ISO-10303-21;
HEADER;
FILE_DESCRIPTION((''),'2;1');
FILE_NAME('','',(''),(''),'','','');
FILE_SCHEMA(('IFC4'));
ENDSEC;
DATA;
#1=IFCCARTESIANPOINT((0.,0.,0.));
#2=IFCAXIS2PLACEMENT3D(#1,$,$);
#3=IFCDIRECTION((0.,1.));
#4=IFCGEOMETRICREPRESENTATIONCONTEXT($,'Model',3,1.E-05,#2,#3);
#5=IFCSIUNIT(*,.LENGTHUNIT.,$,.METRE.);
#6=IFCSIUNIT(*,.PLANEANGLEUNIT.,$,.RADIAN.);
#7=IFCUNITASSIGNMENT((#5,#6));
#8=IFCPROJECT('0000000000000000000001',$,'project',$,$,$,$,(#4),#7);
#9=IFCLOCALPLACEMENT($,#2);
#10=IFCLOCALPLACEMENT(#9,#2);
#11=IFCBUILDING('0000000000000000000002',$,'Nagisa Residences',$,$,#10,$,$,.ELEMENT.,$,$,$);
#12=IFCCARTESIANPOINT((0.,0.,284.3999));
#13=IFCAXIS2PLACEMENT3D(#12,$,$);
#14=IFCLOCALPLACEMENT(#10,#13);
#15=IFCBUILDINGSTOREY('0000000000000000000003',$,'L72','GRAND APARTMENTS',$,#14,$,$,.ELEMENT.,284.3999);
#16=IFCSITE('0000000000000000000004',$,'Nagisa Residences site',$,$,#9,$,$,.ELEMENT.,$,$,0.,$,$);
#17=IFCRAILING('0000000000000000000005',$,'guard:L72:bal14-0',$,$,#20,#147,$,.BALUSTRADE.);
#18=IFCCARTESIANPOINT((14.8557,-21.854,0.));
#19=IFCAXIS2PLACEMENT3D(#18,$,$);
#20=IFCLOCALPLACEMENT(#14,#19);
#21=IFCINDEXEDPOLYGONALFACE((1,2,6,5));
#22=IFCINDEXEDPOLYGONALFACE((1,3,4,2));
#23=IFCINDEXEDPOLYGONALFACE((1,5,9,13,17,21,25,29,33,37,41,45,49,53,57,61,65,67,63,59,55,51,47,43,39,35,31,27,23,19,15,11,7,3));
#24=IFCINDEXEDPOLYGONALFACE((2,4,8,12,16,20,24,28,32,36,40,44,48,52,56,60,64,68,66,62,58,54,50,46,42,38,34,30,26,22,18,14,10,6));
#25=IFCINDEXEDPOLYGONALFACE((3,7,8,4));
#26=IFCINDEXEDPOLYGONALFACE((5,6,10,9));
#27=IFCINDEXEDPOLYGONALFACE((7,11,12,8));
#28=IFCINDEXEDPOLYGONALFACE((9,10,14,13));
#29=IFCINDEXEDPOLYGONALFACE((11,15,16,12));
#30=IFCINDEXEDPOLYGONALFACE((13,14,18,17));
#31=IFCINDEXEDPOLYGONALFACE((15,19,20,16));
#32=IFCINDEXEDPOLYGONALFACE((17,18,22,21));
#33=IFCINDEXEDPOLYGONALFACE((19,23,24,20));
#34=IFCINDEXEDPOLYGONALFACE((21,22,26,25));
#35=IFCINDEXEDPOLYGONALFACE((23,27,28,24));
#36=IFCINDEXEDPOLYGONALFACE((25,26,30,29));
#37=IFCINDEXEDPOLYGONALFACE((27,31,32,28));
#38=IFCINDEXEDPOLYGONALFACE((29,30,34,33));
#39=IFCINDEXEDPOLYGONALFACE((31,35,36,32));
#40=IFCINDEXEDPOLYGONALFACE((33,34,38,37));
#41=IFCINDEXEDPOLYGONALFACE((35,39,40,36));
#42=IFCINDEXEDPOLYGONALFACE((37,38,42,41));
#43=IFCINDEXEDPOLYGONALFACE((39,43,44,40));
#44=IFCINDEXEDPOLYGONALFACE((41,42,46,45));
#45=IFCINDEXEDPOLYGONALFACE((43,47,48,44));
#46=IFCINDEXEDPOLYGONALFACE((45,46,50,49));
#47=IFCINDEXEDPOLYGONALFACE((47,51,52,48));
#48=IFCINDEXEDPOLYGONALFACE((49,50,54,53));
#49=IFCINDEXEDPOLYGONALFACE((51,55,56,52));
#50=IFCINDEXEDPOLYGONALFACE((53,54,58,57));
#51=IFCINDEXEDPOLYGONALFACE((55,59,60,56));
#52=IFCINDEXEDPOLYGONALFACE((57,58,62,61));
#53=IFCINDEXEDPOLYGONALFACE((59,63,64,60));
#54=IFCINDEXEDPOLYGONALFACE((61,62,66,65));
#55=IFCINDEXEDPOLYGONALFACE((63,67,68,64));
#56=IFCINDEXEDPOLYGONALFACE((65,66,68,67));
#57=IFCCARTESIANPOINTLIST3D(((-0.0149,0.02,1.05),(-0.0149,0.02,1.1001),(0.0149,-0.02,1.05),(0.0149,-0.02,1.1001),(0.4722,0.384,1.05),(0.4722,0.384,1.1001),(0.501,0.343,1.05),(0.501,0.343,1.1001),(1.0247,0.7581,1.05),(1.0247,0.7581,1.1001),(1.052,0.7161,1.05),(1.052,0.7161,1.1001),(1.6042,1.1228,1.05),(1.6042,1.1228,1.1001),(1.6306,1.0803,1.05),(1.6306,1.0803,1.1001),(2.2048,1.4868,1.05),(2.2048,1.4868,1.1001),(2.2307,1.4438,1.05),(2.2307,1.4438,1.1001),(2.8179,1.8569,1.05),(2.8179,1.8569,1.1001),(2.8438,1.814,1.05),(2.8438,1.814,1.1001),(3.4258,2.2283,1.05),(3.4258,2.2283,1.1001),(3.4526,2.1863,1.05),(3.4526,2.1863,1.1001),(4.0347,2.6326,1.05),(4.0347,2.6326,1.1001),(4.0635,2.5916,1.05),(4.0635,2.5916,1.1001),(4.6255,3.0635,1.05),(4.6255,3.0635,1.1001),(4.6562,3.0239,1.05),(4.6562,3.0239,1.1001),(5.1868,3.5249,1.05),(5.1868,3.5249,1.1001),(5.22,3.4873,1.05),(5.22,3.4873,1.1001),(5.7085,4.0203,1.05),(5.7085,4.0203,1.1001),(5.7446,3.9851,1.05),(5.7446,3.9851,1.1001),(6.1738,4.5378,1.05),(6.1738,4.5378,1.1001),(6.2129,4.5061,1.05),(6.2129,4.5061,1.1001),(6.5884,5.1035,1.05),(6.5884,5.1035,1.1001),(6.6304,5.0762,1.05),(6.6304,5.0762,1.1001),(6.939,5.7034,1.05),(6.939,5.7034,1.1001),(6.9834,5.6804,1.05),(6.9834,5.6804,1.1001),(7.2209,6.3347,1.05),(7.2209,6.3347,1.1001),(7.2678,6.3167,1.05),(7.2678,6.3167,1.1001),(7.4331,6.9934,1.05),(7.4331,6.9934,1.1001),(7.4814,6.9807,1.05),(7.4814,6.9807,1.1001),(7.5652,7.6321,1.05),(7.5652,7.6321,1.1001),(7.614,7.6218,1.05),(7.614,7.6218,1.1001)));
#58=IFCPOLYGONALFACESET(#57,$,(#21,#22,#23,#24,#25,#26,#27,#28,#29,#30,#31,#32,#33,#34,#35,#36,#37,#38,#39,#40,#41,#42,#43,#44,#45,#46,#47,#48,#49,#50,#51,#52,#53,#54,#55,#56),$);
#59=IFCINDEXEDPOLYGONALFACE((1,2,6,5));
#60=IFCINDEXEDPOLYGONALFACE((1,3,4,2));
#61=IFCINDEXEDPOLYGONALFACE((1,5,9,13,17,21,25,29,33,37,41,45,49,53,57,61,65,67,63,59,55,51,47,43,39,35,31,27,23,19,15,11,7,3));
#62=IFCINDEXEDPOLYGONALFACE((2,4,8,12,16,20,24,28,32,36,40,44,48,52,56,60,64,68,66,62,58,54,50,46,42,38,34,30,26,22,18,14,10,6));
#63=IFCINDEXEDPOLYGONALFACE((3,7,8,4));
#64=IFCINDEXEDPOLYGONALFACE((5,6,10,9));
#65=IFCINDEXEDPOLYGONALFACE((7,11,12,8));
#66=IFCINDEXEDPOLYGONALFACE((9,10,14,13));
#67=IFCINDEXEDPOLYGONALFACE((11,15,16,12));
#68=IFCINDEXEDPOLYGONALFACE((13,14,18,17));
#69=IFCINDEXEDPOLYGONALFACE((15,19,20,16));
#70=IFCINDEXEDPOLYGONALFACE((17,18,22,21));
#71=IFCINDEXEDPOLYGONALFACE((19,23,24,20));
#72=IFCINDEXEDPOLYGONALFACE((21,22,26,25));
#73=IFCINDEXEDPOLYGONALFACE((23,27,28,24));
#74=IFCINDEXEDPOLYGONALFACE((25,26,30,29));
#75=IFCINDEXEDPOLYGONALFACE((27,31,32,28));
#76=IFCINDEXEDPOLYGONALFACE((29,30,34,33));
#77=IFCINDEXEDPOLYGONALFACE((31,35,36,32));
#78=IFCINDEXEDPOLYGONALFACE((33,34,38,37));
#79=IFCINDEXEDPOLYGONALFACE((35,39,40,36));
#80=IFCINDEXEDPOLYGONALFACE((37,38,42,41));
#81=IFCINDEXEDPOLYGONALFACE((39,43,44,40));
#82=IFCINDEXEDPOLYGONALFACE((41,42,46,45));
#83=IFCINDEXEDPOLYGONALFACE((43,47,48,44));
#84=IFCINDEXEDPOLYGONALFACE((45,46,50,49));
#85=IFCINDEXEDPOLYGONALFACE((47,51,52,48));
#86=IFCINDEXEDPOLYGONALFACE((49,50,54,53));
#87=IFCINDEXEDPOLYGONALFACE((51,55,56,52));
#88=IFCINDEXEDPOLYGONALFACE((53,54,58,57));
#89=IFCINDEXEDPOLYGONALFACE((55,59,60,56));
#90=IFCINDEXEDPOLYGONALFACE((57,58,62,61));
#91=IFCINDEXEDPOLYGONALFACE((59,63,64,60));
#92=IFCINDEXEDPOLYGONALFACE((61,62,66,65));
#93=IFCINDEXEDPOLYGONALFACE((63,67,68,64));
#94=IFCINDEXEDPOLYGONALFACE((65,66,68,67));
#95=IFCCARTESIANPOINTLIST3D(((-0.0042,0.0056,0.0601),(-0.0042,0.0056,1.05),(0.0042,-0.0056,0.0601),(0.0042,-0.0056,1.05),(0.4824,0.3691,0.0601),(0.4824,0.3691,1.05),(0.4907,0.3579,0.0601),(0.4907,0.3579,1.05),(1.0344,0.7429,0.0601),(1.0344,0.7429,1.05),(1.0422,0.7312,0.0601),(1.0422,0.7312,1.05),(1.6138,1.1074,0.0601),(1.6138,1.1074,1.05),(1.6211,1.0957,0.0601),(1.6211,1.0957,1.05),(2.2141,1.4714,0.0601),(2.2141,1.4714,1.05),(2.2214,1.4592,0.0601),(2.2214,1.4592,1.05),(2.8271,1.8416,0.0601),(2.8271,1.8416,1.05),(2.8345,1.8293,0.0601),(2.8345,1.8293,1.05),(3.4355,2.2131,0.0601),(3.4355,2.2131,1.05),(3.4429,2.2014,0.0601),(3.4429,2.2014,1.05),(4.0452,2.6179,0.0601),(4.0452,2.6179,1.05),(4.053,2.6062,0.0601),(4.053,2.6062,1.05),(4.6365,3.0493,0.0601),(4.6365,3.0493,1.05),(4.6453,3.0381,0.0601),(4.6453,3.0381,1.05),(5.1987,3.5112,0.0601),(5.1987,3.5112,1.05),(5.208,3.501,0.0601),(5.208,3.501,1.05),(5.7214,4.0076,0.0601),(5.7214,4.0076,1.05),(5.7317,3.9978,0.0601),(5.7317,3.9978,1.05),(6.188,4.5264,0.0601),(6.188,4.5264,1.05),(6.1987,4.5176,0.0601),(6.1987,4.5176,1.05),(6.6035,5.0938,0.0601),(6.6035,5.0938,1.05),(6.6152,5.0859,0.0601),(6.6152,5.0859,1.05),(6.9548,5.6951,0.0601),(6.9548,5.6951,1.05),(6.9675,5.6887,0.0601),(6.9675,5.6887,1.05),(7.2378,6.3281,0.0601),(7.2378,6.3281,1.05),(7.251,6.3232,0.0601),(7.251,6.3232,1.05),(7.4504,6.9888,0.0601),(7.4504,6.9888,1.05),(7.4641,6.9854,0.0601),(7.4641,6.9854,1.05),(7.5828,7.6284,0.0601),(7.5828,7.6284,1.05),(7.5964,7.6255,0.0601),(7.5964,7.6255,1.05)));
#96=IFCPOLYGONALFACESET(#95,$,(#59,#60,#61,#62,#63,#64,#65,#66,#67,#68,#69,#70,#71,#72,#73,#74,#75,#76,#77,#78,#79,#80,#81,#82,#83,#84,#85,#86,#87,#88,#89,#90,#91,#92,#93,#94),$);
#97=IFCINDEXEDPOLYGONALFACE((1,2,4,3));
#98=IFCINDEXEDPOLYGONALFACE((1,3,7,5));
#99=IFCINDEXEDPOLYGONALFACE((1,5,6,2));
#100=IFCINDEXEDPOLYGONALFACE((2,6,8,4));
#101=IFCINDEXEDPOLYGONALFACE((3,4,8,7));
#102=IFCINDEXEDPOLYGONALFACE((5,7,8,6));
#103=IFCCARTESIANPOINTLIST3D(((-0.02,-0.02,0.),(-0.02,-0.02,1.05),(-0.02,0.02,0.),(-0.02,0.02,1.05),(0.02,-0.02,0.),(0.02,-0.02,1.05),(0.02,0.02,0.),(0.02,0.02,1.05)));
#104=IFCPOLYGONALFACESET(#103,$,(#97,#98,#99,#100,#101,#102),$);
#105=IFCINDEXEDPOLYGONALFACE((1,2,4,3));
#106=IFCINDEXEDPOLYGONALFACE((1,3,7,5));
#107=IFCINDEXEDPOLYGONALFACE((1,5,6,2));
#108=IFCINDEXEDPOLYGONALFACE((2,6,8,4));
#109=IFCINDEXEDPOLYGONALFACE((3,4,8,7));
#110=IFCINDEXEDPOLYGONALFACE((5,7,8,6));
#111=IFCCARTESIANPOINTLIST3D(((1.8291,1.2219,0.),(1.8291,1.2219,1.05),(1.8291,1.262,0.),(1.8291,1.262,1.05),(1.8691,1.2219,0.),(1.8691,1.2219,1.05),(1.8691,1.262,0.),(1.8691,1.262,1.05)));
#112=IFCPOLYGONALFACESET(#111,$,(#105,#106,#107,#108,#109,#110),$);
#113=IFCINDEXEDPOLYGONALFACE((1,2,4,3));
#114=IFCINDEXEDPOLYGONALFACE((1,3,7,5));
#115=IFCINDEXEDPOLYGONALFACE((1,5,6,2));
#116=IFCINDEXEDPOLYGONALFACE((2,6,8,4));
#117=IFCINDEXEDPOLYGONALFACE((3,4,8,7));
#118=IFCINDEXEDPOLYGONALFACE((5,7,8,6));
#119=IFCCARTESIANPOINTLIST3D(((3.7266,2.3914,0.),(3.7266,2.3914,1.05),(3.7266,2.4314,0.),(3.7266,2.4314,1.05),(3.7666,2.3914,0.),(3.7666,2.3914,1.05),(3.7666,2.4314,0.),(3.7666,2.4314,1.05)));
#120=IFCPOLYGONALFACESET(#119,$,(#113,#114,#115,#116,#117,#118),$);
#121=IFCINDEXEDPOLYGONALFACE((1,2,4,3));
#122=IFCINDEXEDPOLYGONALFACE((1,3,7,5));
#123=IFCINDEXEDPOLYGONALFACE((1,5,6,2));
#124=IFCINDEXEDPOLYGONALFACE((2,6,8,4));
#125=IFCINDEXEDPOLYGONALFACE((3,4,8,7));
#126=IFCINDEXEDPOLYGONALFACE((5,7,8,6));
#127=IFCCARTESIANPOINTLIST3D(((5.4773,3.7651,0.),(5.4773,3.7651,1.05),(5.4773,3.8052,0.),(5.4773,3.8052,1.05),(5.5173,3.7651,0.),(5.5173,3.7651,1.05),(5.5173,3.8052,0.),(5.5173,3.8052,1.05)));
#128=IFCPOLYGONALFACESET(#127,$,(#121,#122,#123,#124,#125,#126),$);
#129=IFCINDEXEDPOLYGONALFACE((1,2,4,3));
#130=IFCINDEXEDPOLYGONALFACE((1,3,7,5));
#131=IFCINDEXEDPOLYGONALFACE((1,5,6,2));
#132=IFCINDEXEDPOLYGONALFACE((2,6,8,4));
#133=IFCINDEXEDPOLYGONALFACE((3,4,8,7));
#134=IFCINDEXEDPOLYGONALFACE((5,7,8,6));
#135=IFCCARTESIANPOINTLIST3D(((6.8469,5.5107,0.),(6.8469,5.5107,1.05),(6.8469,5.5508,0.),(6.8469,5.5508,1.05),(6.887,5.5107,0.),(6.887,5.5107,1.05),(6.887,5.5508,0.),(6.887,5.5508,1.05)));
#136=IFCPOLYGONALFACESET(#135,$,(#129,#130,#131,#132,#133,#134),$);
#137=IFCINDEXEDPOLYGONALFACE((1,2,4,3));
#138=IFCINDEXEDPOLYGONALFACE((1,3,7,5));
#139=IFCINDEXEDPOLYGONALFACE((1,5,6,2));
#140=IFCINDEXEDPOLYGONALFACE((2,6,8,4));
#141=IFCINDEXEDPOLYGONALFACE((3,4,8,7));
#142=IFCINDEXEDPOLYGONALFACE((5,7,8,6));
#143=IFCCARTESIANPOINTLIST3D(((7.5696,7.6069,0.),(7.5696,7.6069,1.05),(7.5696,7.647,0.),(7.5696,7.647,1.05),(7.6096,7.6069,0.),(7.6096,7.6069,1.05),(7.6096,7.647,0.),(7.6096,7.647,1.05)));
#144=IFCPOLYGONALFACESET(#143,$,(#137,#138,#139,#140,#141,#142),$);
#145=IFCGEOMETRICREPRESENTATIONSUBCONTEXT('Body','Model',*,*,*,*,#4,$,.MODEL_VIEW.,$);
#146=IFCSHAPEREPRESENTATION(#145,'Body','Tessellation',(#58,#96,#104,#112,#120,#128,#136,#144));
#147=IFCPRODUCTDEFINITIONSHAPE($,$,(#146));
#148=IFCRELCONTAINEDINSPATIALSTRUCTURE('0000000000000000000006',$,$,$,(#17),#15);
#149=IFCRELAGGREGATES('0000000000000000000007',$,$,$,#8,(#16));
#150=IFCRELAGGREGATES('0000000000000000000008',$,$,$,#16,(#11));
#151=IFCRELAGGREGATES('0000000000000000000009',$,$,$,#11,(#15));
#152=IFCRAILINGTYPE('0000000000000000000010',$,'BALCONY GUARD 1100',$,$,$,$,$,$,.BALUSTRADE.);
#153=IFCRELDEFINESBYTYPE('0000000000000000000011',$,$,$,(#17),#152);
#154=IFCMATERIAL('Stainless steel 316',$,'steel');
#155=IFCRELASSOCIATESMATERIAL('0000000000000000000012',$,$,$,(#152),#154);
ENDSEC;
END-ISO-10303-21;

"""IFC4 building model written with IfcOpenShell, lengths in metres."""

from ifc_helpers import new_model, si_unit, direction, frame, origin, origin_2d, place, context, subcontext, project, spatial, polyline, rectangle, outline, extrude, material, type_object, element, save


model = new_model("IFC4")

# Units and contexts
model_context = context("Model", 3, precision=1e-05, world=origin(), true_north=direction((0.0, 1.0)))
body_context = subcontext(model_context, "Body", "Model", "MODEL_VIEW")
ifc_project = project(units=[si_unit("LENGTHUNIT", "METRE"), si_unit("PLANEANGLEUNIT", "RADIAN")], contexts=[model_context])

# Site, building, storey
site_placement = place(None, origin())
site = spatial("IfcSite", under=ifc_project, at=site_placement, Name="Nagisa Residences site", CompositionType="ELEMENT", RefElevation=0.0)
building_placement = place(site_placement, origin())
building = spatial("IfcBuilding", under=site, at=building_placement, Name="Nagisa Residences", CompositionType="ELEMENT")
storey_placement = place(building_placement, frame((0.0, 0.0, 284.3999)))
storey = spatial("IfcBuildingStorey", under=building, at=storey_placement, Name="L72", Description="GRAND APARTMENTS", CompositionType="ELEMENT", Elevation=284.3999)

# Railing
ifc_material_1 = material(Name="Stainless steel 316", Category="steel")
railing_type = type_object("IfcRailingType", Name="BALCONY GUARD 1100", PredefinedType="BALUSTRADE", material=ifc_material_1)
railing_1_placement = place(storey_placement, frame((14.8557, -21.854, 0.0)))
element("IfcRailing", 1, at=railing_1_placement, inside=storey, type_object=railing_type, Name="guard:L72:bal14-0", PredefinedType="BALUSTRADE", context=body_context, shape_type="SweptSolid", body=[
    extrude(outline(polyline([(0.4722, 0.384), (-0.0149, 0.02), (0.0149, -0.02), (0.501, 0.343), (1.052, 0.7161), (1.6306, 1.0803), (2.2307, 1.4438), (2.8438, 1.814), (3.4526, 2.1863), (4.0635, 2.5916), (4.6562, 3.0239), (5.22, 3.4873), (5.7446, 3.9851), (6.2129, 4.5061), (6.6304, 5.0762), (6.9834, 5.6804), (7.2678, 6.3167), (7.4814, 6.9807), (7.614, 7.6218), (7.5652, 7.6321), (7.4331, 6.9934), (7.2209, 6.3347), (6.939, 5.7034), (6.5884, 5.1035), (6.1738, 4.5378), (5.7085, 4.0203), (5.1868, 3.5249), (4.6255, 3.0635), (4.0347, 2.6326), (3.4258, 2.2283), (2.8179, 1.8569), (2.2048, 1.4868), (1.6042, 1.1228), (1.0247, 0.7581), (0.4722, 0.384)])), frame((0.0, 0.0, 1.05)), (0.0, 0.0, 1.0), 0.05),
    extrude(outline(polyline([(0.4824, 0.3691), (-0.0042, 0.0056), (0.0042, -0.0056), (0.4907, 0.3579), (1.0422, 0.7312), (1.6211, 1.0957), (2.2214, 1.4592), (2.8345, 1.8293), (3.4429, 2.2014), (4.053, 2.6062), (4.6453, 3.0381), (5.208, 3.501), (5.7317, 3.9978), (6.1987, 4.5176), (6.6152, 5.0859), (6.9675, 5.6887), (7.251, 6.3232), (7.4641, 6.9854), (7.5964, 7.6255), (7.5828, 7.6284), (7.4504, 6.9888), (7.2378, 6.3281), (6.9548, 5.6951), (6.6035, 5.0938), (6.188, 4.5264), (5.7214, 4.0076), (5.1987, 3.5112), (4.6365, 3.0493), (4.0452, 2.6179), (3.4355, 2.2131), (2.8271, 1.8416), (2.2141, 1.4714), (1.6138, 1.1074), (1.0344, 0.7429), (0.4824, 0.3691)])), frame((0.0, 0.0, 0.0601)), (0.0, 0.0, 1.0), 0.99),
    extrude(rectangle(XDim=0.04, YDim=0.04, at=origin_2d()), origin(), (0.0, 0.0, 1.0), 1.05),
    extrude(rectangle(XDim=0.04, YDim=0.04, at=origin_2d()), frame((1.8491, 1.2419, 0.0)), (0.0, 0.0, 1.0), 1.05),
    extrude(rectangle(XDim=0.04, YDim=0.04, at=origin_2d()), frame((3.7466, 2.4114, 0.0)), (0.0, 0.0, 1.0), 1.05),
    extrude(rectangle(XDim=0.04, YDim=0.04, at=origin_2d()), frame((5.4973, 3.7852, 0.0)), (0.0, 0.0, 1.0), 1.05),
    extrude(rectangle(XDim=0.04, YDim=0.04, at=origin_2d()), frame((6.8669, 5.5308, 0.0)), (0.0, 0.0, 1.0), 1.05),
    extrude(rectangle(XDim=0.04, YDim=0.04, at=origin_2d()), frame((7.5896, 7.627, 0.0)), (0.0, 0.0, 1.0), 1.05),
])

save(model, "model.ifc")
